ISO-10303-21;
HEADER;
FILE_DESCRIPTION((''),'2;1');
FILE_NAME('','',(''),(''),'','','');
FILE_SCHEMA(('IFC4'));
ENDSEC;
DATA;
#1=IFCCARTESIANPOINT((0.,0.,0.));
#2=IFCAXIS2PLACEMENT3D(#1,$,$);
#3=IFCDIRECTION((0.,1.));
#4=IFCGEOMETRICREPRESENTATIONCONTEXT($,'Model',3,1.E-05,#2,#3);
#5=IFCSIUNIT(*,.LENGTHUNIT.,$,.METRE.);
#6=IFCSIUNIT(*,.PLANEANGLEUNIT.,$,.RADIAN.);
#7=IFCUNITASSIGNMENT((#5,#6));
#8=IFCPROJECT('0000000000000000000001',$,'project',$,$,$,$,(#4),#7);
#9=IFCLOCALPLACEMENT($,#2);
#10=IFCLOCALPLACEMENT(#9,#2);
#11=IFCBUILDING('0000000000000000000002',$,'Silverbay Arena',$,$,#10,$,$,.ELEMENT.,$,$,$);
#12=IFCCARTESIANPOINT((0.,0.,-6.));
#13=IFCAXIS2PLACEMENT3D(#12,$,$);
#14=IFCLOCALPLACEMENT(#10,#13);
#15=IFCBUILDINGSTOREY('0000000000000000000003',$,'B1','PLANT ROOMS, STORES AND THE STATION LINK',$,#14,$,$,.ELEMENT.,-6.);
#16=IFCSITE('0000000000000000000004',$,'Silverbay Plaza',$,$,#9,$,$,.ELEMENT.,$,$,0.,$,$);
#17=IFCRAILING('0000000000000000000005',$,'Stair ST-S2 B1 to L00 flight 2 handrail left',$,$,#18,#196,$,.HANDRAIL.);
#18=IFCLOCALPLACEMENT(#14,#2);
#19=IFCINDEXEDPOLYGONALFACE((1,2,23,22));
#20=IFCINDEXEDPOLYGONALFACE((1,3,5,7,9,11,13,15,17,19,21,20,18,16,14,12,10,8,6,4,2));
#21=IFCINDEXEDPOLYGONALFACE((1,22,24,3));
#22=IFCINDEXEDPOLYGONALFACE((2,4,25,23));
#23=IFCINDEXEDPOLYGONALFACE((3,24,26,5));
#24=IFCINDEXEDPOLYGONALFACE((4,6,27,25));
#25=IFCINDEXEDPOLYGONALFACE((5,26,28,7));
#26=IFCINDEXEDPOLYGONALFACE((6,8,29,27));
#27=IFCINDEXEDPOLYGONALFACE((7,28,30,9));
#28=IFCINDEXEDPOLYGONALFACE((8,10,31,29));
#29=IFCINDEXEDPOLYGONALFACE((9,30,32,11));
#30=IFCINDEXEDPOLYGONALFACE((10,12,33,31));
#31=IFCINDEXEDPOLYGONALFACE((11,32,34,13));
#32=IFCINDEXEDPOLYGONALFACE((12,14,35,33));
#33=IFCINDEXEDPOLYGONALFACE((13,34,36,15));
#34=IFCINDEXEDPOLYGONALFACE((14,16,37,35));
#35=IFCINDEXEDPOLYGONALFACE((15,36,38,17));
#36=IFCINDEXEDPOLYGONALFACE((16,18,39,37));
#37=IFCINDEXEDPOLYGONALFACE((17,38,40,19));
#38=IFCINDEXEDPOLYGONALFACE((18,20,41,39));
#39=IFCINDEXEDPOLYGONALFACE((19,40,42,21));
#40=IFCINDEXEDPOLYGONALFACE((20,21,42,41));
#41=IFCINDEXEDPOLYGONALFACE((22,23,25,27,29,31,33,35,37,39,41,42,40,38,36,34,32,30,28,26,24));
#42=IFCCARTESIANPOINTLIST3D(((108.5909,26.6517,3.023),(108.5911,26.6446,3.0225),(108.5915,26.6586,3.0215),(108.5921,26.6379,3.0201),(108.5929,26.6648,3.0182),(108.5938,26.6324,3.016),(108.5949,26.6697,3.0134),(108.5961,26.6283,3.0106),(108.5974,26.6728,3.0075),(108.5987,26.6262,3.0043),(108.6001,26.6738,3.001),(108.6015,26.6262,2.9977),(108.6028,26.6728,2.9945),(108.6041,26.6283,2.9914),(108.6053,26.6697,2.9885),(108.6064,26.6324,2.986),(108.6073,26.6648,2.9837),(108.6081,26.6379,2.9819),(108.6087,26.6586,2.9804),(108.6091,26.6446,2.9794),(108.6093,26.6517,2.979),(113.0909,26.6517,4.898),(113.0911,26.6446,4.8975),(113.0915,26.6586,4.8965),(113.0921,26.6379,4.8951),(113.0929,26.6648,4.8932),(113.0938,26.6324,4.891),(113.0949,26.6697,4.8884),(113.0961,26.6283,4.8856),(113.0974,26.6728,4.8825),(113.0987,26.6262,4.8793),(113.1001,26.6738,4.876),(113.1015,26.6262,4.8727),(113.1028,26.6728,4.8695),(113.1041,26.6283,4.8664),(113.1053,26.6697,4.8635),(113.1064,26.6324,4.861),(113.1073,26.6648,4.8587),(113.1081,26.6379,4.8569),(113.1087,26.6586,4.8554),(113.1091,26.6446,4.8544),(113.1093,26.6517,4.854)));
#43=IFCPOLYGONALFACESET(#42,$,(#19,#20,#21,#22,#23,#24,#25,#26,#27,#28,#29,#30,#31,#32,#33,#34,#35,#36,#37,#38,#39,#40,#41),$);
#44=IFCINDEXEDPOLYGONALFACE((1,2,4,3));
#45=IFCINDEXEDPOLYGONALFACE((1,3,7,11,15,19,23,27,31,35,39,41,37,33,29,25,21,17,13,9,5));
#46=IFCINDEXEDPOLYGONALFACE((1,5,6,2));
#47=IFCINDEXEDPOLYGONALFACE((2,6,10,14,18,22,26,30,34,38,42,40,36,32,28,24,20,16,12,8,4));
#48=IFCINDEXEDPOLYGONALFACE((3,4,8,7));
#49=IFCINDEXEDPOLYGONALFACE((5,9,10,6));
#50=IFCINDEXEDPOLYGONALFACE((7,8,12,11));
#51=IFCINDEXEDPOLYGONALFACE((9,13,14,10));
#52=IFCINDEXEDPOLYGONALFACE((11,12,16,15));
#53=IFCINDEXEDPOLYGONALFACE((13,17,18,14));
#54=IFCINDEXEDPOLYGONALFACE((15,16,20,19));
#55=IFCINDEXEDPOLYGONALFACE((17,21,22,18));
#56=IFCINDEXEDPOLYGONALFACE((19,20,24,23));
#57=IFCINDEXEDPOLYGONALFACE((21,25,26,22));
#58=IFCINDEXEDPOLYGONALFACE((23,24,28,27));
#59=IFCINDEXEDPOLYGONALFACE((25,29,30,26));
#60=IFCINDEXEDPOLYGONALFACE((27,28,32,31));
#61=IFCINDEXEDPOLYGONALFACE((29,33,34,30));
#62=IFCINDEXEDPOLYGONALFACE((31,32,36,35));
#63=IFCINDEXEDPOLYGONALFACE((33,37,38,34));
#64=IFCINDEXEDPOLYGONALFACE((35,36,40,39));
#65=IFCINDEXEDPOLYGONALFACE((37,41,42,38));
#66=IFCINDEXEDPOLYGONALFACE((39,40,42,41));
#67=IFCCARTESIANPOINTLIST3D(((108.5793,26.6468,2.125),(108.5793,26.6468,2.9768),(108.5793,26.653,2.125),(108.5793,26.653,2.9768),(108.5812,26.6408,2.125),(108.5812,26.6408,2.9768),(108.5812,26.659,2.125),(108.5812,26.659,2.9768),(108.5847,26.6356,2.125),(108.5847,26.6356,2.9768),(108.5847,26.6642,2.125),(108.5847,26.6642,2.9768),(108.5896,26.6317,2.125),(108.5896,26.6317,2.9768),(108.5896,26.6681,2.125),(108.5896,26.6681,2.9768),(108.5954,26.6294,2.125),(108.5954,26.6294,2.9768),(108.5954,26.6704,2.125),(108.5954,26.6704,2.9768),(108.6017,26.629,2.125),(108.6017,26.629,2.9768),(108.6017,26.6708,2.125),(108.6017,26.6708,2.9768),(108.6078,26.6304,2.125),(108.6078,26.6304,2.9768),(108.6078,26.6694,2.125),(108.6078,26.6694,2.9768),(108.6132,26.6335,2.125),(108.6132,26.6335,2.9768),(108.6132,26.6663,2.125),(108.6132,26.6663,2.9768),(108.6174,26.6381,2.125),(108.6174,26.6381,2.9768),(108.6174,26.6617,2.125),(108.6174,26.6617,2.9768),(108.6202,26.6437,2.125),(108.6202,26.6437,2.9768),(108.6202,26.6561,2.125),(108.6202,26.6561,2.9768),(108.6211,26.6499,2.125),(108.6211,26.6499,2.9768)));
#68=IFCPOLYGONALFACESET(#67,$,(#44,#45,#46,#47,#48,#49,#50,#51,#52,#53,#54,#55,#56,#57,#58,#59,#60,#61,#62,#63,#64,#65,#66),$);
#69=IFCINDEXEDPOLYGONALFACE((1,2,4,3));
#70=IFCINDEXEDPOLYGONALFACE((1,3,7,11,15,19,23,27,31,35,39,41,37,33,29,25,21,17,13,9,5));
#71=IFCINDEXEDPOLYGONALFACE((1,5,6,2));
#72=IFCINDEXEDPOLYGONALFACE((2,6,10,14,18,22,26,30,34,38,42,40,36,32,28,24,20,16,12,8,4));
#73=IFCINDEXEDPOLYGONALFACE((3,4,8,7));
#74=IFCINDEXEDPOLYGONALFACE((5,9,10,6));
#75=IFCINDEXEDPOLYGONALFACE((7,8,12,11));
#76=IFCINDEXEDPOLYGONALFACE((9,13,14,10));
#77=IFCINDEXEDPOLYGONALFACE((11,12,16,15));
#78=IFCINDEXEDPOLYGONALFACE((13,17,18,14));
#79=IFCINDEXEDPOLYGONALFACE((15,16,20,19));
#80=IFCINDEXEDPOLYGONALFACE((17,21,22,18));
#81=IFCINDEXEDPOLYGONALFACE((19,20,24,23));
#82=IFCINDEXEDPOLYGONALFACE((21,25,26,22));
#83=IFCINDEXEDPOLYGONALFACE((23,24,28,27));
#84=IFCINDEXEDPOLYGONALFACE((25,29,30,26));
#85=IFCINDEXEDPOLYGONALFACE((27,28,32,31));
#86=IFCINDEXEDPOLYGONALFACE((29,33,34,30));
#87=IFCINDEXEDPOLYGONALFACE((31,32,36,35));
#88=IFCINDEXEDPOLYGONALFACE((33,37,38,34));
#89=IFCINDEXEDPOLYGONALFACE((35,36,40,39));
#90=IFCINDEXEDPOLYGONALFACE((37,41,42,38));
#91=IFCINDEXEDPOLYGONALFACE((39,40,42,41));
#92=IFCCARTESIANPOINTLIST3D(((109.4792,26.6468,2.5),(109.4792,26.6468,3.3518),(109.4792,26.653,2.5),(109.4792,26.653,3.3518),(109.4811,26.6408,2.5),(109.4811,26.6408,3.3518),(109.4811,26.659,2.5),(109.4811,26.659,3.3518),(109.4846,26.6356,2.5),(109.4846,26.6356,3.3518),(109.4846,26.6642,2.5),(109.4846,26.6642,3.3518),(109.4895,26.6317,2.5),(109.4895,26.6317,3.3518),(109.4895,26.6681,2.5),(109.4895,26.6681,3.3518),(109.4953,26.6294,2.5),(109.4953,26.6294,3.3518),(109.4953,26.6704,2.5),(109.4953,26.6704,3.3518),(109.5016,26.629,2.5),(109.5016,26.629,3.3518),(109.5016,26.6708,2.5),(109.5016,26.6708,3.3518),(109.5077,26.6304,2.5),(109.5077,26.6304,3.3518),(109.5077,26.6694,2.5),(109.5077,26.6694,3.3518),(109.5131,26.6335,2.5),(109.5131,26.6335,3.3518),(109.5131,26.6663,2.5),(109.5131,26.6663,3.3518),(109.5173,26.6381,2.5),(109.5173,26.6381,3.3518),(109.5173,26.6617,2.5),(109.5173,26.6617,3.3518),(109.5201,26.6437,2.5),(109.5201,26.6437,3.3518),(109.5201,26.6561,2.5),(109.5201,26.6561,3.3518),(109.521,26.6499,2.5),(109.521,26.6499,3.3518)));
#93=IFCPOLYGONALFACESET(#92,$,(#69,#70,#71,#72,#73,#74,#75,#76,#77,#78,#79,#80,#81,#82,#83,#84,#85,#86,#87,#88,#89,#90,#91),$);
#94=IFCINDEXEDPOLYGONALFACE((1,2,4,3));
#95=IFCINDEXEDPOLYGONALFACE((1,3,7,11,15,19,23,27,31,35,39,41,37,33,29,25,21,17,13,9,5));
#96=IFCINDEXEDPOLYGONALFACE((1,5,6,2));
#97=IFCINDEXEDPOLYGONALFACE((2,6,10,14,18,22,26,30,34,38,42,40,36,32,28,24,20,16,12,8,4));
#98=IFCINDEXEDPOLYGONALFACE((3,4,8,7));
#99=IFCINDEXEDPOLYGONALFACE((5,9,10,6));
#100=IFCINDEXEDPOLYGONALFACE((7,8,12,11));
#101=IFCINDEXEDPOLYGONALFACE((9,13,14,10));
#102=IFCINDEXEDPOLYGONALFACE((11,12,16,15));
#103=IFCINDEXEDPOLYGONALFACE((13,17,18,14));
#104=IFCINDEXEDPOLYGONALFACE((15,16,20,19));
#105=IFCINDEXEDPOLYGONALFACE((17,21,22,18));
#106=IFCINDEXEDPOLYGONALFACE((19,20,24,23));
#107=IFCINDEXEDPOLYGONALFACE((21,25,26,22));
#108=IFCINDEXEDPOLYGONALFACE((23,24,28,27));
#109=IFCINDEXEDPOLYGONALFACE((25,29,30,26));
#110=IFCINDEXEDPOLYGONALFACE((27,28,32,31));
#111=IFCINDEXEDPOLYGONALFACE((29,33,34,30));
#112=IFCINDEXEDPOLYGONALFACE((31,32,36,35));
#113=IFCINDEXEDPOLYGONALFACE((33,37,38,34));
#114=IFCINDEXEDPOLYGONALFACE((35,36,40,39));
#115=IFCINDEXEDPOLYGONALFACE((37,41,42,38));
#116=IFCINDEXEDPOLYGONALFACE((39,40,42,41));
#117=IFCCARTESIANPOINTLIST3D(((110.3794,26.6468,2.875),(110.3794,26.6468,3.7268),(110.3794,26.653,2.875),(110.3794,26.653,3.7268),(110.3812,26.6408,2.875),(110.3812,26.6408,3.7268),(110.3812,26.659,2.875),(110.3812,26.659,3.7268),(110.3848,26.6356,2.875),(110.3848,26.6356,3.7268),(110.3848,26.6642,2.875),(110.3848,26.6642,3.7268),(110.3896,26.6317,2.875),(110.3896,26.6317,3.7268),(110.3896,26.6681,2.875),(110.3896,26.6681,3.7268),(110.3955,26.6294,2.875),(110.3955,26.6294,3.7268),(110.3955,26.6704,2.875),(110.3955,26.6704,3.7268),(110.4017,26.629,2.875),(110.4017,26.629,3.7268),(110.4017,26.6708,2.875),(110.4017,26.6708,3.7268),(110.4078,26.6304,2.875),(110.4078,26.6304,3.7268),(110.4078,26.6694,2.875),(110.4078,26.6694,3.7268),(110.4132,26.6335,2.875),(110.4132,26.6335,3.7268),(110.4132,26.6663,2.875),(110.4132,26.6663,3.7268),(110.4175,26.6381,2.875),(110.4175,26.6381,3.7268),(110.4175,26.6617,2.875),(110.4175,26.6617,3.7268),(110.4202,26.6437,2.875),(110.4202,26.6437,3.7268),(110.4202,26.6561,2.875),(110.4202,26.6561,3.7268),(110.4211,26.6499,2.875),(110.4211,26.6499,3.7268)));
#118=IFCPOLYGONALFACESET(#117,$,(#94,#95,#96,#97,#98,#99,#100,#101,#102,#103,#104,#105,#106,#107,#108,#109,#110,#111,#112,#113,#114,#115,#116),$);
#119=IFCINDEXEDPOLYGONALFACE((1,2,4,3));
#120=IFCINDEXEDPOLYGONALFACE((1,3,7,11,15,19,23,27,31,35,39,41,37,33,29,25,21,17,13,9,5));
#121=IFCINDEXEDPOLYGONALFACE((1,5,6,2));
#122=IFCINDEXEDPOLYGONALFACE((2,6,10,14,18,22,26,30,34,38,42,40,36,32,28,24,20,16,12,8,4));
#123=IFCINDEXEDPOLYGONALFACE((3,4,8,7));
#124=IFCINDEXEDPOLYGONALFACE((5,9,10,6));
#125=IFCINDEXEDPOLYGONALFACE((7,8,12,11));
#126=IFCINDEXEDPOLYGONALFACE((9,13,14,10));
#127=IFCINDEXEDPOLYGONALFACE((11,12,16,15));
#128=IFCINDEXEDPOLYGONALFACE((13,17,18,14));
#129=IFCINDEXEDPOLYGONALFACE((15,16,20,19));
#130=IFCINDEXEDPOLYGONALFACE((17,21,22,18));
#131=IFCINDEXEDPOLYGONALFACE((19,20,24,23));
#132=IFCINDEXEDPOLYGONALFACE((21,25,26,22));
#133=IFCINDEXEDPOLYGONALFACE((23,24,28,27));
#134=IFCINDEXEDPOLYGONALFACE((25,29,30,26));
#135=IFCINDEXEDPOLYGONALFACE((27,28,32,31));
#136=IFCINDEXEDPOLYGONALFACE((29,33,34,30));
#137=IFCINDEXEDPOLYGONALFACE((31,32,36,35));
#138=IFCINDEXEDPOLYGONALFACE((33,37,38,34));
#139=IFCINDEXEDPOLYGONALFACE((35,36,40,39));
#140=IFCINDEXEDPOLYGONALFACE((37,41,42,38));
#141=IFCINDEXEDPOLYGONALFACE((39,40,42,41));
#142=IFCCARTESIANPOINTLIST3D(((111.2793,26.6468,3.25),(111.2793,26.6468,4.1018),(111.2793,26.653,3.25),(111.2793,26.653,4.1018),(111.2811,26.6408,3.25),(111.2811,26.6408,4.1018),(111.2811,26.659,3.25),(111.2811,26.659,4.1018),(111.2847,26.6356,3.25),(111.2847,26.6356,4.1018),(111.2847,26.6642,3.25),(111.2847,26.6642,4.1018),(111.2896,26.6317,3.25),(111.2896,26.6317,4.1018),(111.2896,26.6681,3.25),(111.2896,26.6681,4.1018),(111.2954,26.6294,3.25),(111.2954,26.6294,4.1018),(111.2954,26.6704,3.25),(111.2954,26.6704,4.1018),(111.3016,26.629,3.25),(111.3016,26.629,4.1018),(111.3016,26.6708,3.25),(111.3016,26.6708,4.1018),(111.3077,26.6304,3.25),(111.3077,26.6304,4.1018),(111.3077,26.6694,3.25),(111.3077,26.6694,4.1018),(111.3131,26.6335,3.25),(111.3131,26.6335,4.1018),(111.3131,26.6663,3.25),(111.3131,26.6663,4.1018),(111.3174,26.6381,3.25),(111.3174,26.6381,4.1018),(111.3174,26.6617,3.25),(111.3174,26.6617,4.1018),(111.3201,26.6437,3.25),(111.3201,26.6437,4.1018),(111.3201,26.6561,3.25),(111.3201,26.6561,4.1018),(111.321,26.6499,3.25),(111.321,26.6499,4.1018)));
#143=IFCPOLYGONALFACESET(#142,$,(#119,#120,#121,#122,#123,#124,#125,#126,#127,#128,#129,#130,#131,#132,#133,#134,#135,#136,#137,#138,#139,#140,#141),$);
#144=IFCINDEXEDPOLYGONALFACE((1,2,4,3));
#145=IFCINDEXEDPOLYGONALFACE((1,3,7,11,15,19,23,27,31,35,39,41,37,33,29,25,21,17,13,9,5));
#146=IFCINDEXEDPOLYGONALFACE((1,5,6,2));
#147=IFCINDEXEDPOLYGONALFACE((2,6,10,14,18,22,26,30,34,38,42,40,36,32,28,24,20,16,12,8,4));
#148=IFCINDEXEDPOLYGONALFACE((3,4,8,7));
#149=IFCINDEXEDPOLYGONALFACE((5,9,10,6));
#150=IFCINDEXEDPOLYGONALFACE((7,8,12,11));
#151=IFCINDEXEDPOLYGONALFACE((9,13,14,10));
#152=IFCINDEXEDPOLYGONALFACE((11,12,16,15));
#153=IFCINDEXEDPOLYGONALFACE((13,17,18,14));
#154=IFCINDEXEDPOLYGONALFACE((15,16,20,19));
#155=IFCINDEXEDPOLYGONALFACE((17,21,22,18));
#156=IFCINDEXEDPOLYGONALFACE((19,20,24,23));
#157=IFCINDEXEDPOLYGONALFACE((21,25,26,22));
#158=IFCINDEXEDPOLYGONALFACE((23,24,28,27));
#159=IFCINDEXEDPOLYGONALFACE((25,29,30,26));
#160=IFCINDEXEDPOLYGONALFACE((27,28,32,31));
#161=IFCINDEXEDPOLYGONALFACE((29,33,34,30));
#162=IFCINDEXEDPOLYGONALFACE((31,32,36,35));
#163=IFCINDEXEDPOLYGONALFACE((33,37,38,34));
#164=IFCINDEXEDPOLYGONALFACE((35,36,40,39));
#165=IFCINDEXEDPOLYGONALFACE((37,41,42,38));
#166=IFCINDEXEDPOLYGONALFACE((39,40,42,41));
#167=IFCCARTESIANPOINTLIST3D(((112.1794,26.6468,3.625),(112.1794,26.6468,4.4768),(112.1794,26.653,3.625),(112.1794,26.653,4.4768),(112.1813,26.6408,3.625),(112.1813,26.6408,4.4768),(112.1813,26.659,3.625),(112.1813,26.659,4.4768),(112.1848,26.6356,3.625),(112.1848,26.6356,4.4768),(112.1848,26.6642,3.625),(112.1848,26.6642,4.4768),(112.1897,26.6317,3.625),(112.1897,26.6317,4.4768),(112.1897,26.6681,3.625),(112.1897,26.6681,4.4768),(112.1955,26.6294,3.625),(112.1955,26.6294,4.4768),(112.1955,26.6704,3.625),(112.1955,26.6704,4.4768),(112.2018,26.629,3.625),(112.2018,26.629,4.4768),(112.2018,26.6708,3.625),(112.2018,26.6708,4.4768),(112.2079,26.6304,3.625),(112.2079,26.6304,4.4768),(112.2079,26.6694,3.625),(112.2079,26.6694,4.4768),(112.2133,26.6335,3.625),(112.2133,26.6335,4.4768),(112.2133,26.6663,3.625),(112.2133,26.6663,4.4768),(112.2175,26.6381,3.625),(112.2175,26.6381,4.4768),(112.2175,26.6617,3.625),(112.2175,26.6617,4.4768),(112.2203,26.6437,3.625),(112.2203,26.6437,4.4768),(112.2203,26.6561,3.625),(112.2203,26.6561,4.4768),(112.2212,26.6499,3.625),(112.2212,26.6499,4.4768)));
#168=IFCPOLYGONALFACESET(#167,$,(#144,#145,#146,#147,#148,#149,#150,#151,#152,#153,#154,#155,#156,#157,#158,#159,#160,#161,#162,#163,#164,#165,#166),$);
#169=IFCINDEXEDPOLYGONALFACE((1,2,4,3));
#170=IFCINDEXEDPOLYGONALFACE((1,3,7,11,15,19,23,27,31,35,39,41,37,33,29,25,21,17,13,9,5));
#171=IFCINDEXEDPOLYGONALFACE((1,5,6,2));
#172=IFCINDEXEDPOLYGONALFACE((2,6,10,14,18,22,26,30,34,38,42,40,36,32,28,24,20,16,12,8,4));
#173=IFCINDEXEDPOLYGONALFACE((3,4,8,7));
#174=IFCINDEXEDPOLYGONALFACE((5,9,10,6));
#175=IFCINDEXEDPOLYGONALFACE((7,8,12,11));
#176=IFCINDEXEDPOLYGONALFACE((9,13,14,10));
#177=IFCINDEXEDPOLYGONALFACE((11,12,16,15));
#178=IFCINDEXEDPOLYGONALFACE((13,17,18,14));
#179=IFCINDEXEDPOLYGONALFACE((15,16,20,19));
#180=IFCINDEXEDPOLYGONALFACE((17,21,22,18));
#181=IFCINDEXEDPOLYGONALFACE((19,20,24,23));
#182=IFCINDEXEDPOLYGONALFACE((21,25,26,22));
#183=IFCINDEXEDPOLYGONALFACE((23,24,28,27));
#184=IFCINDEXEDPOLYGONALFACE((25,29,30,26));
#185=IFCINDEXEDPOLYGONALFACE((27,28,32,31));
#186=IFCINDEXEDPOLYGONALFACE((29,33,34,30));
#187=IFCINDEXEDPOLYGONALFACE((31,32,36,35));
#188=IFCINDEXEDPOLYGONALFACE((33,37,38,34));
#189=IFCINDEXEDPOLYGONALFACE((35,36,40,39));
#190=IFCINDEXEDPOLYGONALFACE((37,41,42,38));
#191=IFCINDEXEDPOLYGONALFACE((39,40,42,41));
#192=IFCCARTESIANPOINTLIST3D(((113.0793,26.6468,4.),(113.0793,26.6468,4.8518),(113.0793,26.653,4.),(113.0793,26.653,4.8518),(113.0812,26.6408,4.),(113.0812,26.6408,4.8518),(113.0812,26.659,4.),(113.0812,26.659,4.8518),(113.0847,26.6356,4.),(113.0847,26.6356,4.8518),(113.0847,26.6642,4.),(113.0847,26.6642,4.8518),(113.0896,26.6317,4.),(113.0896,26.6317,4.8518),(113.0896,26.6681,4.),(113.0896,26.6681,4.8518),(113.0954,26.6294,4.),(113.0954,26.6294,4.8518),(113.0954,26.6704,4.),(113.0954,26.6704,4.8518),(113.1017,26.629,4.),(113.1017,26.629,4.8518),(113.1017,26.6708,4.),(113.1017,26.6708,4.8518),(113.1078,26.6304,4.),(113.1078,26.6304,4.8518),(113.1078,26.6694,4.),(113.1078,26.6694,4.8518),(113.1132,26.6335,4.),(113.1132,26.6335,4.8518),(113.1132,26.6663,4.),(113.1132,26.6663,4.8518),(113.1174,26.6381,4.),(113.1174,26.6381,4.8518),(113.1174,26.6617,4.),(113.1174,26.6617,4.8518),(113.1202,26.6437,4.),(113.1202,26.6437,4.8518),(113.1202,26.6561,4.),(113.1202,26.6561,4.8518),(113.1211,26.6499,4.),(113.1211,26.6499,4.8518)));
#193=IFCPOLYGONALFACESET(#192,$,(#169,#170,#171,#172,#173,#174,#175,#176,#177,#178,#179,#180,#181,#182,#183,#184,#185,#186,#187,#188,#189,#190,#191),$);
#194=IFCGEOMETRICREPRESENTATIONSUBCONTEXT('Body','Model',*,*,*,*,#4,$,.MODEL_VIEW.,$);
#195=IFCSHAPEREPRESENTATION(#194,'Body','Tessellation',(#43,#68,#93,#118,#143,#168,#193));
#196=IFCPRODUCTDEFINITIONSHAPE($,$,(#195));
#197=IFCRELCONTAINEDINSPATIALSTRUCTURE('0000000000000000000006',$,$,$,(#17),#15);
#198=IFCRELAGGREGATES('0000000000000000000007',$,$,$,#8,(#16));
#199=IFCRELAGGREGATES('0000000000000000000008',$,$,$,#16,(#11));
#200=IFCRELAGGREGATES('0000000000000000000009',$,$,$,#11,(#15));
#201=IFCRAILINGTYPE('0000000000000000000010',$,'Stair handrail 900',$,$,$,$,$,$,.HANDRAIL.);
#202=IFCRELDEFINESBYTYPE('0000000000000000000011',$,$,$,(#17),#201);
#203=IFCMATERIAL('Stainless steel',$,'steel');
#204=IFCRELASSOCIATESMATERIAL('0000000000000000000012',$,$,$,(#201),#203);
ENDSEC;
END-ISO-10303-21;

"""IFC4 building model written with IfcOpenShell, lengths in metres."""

from ifc_helpers import new_model, si_unit, direction, frame, origin, origin_2d, place, context, subcontext, project, spatial, circle, extrude, material, type_object, element, save


model = new_model("IFC4")

# Units and contexts
model_context = context("Model", 3, precision=1e-05, world=origin(), true_north=direction((0.0, 1.0)))
body_context = subcontext(model_context, "Body", "Model", "MODEL_VIEW")
ifc_project = project(units=[si_unit("LENGTHUNIT", "METRE"), si_unit("PLANEANGLEUNIT", "RADIAN")], contexts=[model_context])

# Site, building, storey
site_placement = place(None, origin())
site = spatial("IfcSite", under=ifc_project, at=site_placement, Name="Silverbay Plaza", CompositionType="ELEMENT", RefElevation=0.0)
building_placement = place(site_placement, origin())
building = spatial("IfcBuilding", under=site, at=building_placement, Name="Silverbay Arena", CompositionType="ELEMENT")
storey_placement = place(building_placement, frame((0.0, 0.0, -6.0)))
storey = spatial("IfcBuildingStorey", under=building, at=storey_placement, Name="B1", Description="PLANT ROOMS, STORES AND THE STATION LINK", CompositionType="ELEMENT", Elevation=-6.0)

# Railing
ifc_material_1 = material(Name="Stainless steel", Category="steel")
railing_type_1 = type_object("IfcRailingType", Name="Stair handrail 900", PredefinedType="HANDRAIL", material=ifc_material_1)
railing_1_placement = place(storey_placement, frame((108.6001, 26.6499, 2.125)))
element("IfcRailing", 1, at=railing_1_placement, inside=storey, type_object=railing_type_1, Name="Stair ST-S2 B1 to L00 flight 2 handrail left", PredefinedType="HANDRAIL", context=body_context, shape_type="SweptSolid", body=[
    extrude(circle(Radius=0.0239, at=origin_2d()), frame((0.0, 0.0, 0.876), z_axis=(0.923077, 0.0, 0.384615), x_axis=(0.0, 1.0, 0.0)), (0.0, 0.0, 1.0), 4.875),
    extrude(circle(Radius=0.021, at=origin_2d()), origin(), (0.0, 0.0, 1.0), 0.8518),
    extrude(circle(Radius=0.021, at=origin_2d()), frame((0.8999, 0.0, 0.375)), (0.0, 0.0, 1.0), 0.8518),
    extrude(circle(Radius=0.021, at=origin_2d()), frame((1.8, 0.0, 0.75)), (0.0, 0.0, 1.0), 0.8518),
    extrude(circle(Radius=0.021, at=origin_2d()), frame((2.7, 0.0, 1.125)), (0.0, 0.0, 1.0), 0.8518),
    extrude(circle(Radius=0.021, at=origin_2d()), frame((3.6001, 0.0, 1.5)), (0.0, 0.0, 1.0), 0.8518),
    extrude(circle(Radius=0.021, at=origin_2d()), frame((4.5, 0.0, 1.875)), (0.0, 0.0, 1.0), 0.8518),
])

save(model, "model.ifc")
